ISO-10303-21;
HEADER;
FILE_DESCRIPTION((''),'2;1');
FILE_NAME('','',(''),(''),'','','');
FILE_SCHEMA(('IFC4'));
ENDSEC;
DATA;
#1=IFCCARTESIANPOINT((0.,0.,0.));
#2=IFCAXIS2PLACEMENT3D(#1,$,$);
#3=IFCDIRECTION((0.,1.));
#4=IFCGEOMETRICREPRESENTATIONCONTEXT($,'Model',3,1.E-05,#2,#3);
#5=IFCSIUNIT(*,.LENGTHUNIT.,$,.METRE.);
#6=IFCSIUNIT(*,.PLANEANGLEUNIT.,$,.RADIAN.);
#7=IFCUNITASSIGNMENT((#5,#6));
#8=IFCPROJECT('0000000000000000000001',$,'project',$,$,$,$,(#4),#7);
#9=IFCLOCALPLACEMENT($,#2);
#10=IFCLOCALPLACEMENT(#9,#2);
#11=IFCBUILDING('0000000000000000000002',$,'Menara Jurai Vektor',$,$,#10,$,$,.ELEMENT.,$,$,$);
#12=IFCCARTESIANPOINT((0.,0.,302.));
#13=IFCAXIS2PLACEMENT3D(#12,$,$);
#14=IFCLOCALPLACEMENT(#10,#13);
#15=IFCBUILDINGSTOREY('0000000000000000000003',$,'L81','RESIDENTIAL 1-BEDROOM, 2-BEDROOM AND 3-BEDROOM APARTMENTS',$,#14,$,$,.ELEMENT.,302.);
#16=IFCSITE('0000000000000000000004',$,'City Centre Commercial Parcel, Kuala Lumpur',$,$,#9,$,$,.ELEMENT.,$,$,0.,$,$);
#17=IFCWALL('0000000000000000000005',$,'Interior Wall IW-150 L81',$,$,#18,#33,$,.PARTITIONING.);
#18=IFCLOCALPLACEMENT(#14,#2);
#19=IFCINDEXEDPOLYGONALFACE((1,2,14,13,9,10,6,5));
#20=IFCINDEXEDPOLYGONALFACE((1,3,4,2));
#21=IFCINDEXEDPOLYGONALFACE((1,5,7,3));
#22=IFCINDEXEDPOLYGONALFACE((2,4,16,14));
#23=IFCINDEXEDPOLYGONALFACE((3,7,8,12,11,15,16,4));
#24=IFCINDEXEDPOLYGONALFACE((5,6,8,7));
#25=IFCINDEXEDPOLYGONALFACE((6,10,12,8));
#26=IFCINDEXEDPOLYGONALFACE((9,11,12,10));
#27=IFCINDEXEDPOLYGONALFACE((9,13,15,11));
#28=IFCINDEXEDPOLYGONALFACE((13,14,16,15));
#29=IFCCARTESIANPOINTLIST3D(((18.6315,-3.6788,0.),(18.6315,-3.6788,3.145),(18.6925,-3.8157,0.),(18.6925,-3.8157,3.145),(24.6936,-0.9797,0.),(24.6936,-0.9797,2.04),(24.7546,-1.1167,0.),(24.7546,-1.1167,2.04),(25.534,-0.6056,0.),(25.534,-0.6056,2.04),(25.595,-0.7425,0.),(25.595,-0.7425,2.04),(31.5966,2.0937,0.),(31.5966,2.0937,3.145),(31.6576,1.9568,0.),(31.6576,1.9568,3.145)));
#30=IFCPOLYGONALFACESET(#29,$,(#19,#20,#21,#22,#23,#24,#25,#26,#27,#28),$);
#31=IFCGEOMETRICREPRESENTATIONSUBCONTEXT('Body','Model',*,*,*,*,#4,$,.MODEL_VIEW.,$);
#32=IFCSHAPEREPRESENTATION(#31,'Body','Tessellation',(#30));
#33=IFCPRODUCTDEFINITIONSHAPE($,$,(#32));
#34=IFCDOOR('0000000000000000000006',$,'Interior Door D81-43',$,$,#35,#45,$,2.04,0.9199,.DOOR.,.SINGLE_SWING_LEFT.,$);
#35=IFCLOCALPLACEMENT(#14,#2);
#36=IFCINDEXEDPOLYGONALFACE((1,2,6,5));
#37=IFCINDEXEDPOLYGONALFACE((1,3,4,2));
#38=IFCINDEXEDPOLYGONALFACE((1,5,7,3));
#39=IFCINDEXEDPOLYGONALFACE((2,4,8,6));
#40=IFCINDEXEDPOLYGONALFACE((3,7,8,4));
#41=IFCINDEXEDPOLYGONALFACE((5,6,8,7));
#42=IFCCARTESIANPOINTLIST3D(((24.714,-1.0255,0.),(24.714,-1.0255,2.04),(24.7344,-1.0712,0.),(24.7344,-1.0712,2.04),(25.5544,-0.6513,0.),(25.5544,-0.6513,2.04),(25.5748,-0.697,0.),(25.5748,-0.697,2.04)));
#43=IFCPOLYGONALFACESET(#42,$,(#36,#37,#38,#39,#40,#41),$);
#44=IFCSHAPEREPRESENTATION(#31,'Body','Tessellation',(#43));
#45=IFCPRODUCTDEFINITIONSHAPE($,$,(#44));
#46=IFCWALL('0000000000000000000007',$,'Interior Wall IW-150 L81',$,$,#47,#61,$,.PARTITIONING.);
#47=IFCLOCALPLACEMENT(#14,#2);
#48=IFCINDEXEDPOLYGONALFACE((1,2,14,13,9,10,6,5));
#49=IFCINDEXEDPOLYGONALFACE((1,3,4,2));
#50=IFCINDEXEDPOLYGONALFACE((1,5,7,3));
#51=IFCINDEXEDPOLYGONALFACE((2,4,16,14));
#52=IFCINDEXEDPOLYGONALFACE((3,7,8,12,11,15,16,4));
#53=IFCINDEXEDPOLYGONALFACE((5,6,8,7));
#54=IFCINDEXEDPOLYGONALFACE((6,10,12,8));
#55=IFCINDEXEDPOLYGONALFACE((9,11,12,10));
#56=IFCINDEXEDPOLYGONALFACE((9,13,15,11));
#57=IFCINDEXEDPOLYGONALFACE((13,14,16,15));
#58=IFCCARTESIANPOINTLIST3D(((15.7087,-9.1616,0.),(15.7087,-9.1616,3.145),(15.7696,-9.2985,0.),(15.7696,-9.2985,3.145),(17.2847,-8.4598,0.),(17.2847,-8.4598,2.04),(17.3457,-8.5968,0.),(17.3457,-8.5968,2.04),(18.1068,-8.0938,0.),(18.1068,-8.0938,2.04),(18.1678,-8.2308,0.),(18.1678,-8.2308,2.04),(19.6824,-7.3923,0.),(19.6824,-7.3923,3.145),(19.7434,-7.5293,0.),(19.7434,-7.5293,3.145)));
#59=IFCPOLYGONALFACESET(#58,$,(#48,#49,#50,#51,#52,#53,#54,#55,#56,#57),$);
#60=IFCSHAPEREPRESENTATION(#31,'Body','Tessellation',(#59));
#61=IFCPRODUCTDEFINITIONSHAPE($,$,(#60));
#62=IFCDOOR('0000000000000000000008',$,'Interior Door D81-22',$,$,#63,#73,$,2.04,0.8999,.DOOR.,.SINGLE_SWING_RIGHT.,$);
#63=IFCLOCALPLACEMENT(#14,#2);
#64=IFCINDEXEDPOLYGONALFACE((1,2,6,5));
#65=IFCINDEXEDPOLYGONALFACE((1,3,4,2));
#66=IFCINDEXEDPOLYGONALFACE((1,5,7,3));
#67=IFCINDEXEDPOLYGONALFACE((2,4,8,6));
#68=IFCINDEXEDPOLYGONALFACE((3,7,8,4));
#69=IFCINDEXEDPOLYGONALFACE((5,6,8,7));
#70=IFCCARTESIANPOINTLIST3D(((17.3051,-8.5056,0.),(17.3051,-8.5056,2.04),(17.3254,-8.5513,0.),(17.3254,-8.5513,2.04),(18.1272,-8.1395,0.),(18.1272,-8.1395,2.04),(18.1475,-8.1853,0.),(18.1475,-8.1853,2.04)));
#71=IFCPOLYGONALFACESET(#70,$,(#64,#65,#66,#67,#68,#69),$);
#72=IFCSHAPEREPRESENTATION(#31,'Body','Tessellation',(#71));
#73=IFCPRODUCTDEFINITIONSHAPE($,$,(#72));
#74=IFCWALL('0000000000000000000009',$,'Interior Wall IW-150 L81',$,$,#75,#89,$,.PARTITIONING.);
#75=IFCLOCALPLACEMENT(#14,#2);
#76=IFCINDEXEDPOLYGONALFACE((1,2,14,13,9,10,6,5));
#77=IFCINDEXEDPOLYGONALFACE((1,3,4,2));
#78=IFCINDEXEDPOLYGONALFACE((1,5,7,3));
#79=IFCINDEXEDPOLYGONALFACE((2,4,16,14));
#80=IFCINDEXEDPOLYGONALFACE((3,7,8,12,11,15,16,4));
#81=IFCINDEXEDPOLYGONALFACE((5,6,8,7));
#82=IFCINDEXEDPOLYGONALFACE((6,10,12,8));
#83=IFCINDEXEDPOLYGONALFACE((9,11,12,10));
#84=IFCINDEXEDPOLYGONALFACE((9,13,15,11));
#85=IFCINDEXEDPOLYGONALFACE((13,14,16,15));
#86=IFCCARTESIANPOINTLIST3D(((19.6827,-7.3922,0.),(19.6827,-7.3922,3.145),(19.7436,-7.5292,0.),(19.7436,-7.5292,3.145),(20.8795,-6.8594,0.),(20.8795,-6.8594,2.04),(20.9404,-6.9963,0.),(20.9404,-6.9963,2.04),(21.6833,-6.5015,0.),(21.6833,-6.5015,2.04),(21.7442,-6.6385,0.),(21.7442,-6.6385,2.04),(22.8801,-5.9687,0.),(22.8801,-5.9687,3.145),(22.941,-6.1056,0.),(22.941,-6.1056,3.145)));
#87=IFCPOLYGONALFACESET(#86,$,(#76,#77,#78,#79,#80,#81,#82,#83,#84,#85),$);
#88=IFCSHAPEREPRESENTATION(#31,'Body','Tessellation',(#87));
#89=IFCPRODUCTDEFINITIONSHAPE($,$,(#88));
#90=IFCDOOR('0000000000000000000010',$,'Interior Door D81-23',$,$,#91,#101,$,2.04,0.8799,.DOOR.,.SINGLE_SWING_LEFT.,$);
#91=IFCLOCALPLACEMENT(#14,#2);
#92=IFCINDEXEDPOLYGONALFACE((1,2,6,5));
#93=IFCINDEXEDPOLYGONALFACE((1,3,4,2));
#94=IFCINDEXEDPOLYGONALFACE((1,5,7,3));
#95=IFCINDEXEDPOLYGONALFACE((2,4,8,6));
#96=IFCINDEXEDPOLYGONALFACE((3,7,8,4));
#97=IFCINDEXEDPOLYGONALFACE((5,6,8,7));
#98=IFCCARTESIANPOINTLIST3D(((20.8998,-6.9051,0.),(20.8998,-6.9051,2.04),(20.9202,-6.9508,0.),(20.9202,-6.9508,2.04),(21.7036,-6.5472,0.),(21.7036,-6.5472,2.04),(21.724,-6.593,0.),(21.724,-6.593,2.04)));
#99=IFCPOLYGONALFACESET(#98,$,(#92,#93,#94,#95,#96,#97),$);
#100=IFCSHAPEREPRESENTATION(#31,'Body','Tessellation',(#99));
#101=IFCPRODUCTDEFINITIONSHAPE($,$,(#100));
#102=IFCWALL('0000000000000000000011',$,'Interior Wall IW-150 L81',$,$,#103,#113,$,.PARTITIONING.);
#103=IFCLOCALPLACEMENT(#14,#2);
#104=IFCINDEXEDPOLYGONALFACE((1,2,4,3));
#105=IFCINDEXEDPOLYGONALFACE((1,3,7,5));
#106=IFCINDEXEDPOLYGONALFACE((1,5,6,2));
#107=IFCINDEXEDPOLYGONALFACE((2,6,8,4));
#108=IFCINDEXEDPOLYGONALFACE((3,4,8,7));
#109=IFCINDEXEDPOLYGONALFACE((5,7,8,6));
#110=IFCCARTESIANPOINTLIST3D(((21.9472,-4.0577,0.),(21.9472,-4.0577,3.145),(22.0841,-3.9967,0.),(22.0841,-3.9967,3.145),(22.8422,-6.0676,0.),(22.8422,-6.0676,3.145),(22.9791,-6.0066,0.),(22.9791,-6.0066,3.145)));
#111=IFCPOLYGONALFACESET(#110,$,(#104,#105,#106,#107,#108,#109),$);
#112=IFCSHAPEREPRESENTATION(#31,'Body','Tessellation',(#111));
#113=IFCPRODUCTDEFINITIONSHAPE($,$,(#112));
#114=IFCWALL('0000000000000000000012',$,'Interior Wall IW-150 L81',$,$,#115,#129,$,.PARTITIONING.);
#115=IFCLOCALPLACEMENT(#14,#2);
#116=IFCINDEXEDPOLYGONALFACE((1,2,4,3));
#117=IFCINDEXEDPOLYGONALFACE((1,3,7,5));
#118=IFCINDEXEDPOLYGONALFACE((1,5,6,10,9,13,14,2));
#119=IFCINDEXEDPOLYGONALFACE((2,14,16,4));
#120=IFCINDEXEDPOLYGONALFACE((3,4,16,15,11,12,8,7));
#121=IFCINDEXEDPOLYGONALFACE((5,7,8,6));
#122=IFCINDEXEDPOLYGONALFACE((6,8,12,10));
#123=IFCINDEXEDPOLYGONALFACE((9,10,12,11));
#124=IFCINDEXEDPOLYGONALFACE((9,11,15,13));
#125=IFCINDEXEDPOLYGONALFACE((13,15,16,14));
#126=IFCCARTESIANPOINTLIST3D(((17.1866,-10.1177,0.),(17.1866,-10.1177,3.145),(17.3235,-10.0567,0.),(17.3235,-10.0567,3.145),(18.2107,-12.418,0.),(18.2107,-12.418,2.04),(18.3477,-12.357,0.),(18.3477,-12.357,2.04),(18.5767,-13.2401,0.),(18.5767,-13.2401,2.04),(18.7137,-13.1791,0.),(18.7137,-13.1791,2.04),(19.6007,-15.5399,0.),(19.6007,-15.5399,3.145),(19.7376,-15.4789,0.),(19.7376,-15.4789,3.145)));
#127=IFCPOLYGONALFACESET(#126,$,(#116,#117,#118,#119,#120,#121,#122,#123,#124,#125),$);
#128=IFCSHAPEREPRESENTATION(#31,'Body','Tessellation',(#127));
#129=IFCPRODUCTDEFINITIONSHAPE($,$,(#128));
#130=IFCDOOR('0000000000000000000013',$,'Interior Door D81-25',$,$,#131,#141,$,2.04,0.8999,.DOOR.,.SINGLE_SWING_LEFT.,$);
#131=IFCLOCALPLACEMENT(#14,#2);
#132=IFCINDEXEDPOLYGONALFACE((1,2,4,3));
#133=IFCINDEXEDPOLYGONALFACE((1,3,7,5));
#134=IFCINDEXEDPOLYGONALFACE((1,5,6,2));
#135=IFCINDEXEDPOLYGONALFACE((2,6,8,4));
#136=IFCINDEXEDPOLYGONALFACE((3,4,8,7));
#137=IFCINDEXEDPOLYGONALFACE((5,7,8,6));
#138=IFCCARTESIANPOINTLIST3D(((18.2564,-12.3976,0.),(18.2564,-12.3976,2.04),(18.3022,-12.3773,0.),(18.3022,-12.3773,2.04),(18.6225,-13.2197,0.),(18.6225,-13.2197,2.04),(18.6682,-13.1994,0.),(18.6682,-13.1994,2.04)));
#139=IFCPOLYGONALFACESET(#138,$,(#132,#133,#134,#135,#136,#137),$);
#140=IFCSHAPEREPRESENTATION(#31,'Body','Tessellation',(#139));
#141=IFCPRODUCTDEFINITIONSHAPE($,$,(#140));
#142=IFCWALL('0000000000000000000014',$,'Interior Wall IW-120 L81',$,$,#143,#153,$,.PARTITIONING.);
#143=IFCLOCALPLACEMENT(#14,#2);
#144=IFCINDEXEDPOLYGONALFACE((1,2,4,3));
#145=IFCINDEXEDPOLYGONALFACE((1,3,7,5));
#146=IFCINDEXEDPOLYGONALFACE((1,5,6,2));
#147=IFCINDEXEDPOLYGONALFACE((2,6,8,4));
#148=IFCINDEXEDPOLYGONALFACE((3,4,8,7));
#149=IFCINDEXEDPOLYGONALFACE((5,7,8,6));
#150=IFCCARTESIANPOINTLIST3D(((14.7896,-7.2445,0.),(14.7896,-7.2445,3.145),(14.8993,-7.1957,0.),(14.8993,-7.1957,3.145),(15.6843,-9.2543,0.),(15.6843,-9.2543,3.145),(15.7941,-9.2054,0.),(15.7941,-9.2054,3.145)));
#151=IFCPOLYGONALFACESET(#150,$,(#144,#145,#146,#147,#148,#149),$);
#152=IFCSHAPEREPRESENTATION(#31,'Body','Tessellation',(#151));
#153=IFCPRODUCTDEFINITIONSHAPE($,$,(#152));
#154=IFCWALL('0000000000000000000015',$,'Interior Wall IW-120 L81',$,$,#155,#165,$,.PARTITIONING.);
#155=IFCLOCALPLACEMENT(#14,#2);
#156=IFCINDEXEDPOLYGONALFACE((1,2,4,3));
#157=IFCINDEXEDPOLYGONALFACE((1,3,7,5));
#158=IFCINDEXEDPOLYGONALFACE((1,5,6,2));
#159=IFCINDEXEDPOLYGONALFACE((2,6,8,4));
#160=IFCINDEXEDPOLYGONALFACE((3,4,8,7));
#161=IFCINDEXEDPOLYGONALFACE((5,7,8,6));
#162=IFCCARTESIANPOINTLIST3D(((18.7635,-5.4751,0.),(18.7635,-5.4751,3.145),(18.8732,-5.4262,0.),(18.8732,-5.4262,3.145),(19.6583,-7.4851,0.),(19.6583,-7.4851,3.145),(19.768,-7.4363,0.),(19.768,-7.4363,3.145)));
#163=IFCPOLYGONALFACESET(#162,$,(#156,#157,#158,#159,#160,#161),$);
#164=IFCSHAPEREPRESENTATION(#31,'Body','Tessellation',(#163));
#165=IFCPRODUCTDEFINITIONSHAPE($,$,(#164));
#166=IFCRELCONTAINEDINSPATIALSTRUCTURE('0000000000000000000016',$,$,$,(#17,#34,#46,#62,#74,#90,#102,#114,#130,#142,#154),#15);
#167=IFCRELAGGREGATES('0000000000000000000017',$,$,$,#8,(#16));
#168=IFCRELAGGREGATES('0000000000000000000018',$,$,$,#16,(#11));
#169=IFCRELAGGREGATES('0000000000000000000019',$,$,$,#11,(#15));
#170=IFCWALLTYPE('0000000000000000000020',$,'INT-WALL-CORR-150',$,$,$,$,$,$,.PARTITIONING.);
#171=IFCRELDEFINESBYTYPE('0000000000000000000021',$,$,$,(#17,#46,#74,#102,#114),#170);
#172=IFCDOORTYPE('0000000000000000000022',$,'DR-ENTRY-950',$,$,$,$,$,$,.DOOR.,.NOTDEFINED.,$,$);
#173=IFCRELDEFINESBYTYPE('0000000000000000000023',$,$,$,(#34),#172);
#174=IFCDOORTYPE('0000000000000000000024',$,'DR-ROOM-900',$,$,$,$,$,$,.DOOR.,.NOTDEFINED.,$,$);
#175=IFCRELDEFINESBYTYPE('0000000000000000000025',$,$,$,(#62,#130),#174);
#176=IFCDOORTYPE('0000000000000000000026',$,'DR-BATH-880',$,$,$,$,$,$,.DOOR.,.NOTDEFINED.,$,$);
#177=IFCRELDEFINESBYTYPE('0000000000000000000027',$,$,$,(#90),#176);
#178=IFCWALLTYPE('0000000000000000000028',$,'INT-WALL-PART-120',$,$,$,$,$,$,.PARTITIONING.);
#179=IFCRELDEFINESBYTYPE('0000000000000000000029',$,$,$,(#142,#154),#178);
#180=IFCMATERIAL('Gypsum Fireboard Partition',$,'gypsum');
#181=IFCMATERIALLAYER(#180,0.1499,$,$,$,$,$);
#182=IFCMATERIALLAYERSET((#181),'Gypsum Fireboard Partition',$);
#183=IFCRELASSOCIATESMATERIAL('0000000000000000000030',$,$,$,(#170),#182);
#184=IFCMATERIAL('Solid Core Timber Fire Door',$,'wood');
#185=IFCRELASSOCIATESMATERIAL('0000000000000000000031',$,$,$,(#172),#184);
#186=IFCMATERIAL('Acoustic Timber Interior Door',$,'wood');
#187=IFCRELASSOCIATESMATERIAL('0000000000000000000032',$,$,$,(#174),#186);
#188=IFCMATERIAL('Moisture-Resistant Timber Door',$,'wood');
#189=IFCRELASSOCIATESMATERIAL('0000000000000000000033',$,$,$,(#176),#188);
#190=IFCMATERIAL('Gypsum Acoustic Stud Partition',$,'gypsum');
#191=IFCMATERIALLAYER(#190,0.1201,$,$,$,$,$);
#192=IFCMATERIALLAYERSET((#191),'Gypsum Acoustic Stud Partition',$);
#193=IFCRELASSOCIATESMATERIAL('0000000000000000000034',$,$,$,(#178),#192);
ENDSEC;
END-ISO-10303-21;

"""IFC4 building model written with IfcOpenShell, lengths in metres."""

from ifc_helpers import new_model, si_unit, direction, frame, frame_2d, origin, place, context, subcontext, project, spatial, rectangle, extrude, material, layer, layer_set, type_object, element, fill, save


model = new_model("IFC4")

# Units and contexts
model_context = context("Model", 3, precision=1e-05, world=origin(), true_north=direction((0.0, 1.0)))
body_context = subcontext(model_context, "Body", "Model", "MODEL_VIEW")
ifc_project = project(units=[si_unit("LENGTHUNIT", "METRE"), si_unit("PLANEANGLEUNIT", "RADIAN")], contexts=[model_context])

# Site, building, storey
site_placement = place(None, origin())
site = spatial("IfcSite", under=ifc_project, at=site_placement, Name="City Centre Commercial Parcel, Kuala Lumpur", CompositionType="ELEMENT", RefElevation=0.0)
building_placement = place(site_placement, origin())
building = spatial("IfcBuilding", under=site, at=building_placement, Name="Menara Jurai Vektor", CompositionType="ELEMENT")
storey_placement = place(building_placement, frame((0.0, 0.0, 302.0)))
storey = spatial("IfcBuildingStorey", under=building, at=storey_placement, Name="L81", Description="RESIDENTIAL 1-BEDROOM, 2-BEDROOM AND 3-BEDROOM APARTMENTS", CompositionType="ELEMENT", Elevation=302.0)

# Shared definitions
ifc_material_1 = material(Name="Gypsum Fireboard Partition", Category="gypsum")
ifc_layer_1 = layer(ifc_material_1, 0.1499)
ifc_layer_set_1 = layer_set([ifc_layer_1], Name="Gypsum Fireboard Partition")
wall_type_1 = type_object("IfcWallType", Name="INT-WALL-CORR-150", PredefinedType="PARTITIONING", material=ifc_layer_set_1)
ifc_material_2 = material(Name="Solid Core Timber Fire Door", Category="wood")
door_type_1 = type_object("IfcDoorType", Name="DR-ENTRY-950", OperationType="NOTDEFINED", PredefinedType="DOOR", material=ifc_material_2)

# Walls, openings, doors
wall_1_placement = place(storey_placement, frame((18.6619, -3.7473, 0.0), z_axis=(0.0, 0.0, 1.0), x_axis=(0.913545, 0.406739, 0.0)))
wall_1 = element("IfcWall", 1, at=wall_1_placement, inside=storey, type_object=wall_type_1, Name="Interior Wall IW-150 L81", PredefinedType="PARTITIONING", context=body_context, shape_type="SweptSolid", body=[
    extrude(rectangle(XDim=14.1921, YDim=0.1499, at=frame_2d((7.0962, 0.0))), origin(), (0.0, 0.0, 1.0), 3.145),
])
opening_1_placement = place(wall_1_placement, frame((6.636, 0.0, 0.0)))
opening_1 = element("IfcOpeningElement", 2, at=opening_1_placement, cuts=wall_1, PredefinedType="OPENING", context=body_context, shape_type="SweptSolid", body=[
    extrude(rectangle(XDim=0.9199, YDim=2.04, at=frame_2d((0.46, 1.02))), frame((0.0, 0.085, 0.0), z_axis=(0.0, -1.0, 0.0), x_axis=(1.0, 0.0, 0.0)), (0.0, 0.0, 1.0), 0.1699),
])
door_1_placement = place(opening_1_placement, origin())
door_1 = element("IfcDoor", 3, at=door_1_placement, inside=storey, type_object=door_type_1, Name="Interior Door D81-43", OperationType="SINGLE_SWING_LEFT", OverallHeight=2.04, OverallWidth=0.9199, PredefinedType="DOOR", context=body_context, shape_type="SweptSolid", body=[
    extrude(rectangle(XDim=0.9199, YDim=2.04, at=frame_2d((0.46, 1.02))), frame((0.0, 0.0249, 0.0), z_axis=(0.0, -1.0, 0.0), x_axis=(1.0, 0.0, 0.0)), (0.0, 0.0, 1.0), 0.05),
])
fill(opening_1, door_1)
wall_2_placement = place(storey_placement, frame((15.7393, -9.23, 0.0), z_axis=(0.0, 0.0, 1.0), x_axis=(0.913545, 0.406737, 0.0)))
wall_2 = element("IfcWall", 4, at=wall_2_placement, inside=storey, type_object=wall_type_1, Name="Interior Wall IW-150 L81", PredefinedType="PARTITIONING", context=body_context, shape_type="SweptSolid", body=[
    extrude(rectangle(XDim=4.3499, YDim=0.1499, at=frame_2d((2.1748, 0.0))), origin(), (0.0, 0.0, 1.0), 3.145),
])
opening_2_placement = place(wall_2_placement, frame((1.7251, 0.0, 0.0)))
opening_2 = element("IfcOpeningElement", 5, at=opening_2_placement, cuts=wall_2, PredefinedType="OPENING", context=body_context, shape_type="SweptSolid", body=[
    extrude(rectangle(XDim=0.8999, YDim=2.04, at=frame_2d((0.45, 1.02))), frame((0.0, 0.085, 0.0), z_axis=(0.0, -1.0, 0.0), x_axis=(1.0, 0.0, 0.0)), (0.0, 0.0, 1.0), 0.1699),
])
ifc_material_3 = material(Name="Acoustic Timber Interior Door", Category="wood")
door_type_2 = type_object("IfcDoorType", Name="DR-ROOM-900", OperationType="NOTDEFINED", PredefinedType="DOOR", material=ifc_material_3)
door_2_placement = place(opening_2_placement, origin())
door_2 = element("IfcDoor", 6, at=door_2_placement, inside=storey, type_object=door_type_2, Name="Interior Door D81-22", OperationType="SINGLE_SWING_RIGHT", OverallHeight=2.04, OverallWidth=0.8999, PredefinedType="DOOR", context=body_context, shape_type="SweptSolid", body=[
    extrude(rectangle(XDim=0.8999, YDim=2.04, at=frame_2d((0.45, 1.02))), frame((0.0, 0.0249, 0.0), z_axis=(0.0, -1.0, 0.0), x_axis=(1.0, 0.0, 0.0)), (0.0, 0.0, 1.0), 0.05),
])
fill(opening_2, door_2)
wall_3_placement = place(storey_placement, frame((19.7131, -7.4607, 0.0), z_axis=(0.0, 0.0, 1.0), x_axis=(0.91355, 0.406727, 0.0)))
wall_3 = element("IfcWall", 7, at=wall_3_placement, inside=storey, type_object=wall_type_1, Name="Interior Wall IW-150 L81", PredefinedType="PARTITIONING", context=body_context, shape_type="SweptSolid", body=[
    extrude(rectangle(XDim=3.5, YDim=0.1499, at=frame_2d((1.75, 0.0))), origin(), (0.0, 0.0, 1.0), 3.145),
])
opening_3_placement = place(wall_3_placement, frame((1.3101, 0.0, 0.0)))
opening_3 = element("IfcOpeningElement", 8, at=opening_3_placement, cuts=wall_3, PredefinedType="OPENING", context=body_context, shape_type="SweptSolid", body=[
    extrude(rectangle(XDim=0.8799, YDim=2.04, at=frame_2d((0.4399, 1.02))), frame((0.0, 0.085, 0.0), z_axis=(0.0, -1.0, 0.0), x_axis=(1.0, 0.0, 0.0)), (0.0, 0.0, 1.0), 0.1699),
])
ifc_material_4 = material(Name="Moisture-Resistant Timber Door", Category="wood")
door_type_3 = type_object("IfcDoorType", Name="DR-BATH-880", OperationType="NOTDEFINED", PredefinedType="DOOR", material=ifc_material_4)
door_3_placement = place(opening_3_placement, origin())
door_3 = element("IfcDoor", 9, at=door_3_placement, inside=storey, type_object=door_type_3, Name="Interior Door D81-23", OperationType="SINGLE_SWING_LEFT", OverallHeight=2.04, OverallWidth=0.8799, PredefinedType="DOOR", context=body_context, shape_type="SweptSolid", body=[
    extrude(rectangle(XDim=0.8799, YDim=2.04, at=frame_2d((0.4399, 1.02))), frame((0.0, 0.0249, 0.0), z_axis=(0.0, -1.0, 0.0), x_axis=(1.0, 0.0, 0.0)), (0.0, 0.0, 1.0), 0.05),
])
fill(opening_3, door_3)

# Wall
wall_4_placement = place(storey_placement, frame((22.9106, -6.0371, 0.0), z_axis=(0.0, 0.0, 1.0), x_axis=(-0.406777, 0.913528, 0.0)))
element("IfcWall", 10, at=wall_4_placement, inside=storey, type_object=wall_type_1, Name="Interior Wall IW-150 L81", PredefinedType="PARTITIONING", context=body_context, shape_type="SweptSolid", body=[
    extrude(rectangle(XDim=2.2002, YDim=0.1499, at=frame_2d((1.1001, 0.0))), origin(), (0.0, 0.0, 1.0), 3.145),
])

# Wall, opening, door
wall_5_placement = place(storey_placement, frame((19.6692, -15.5095, 0.0), z_axis=(0.0, 0.0, 1.0), x_axis=(-0.406734, 0.913547, 0.0)))
wall_5 = element("IfcWall", 11, at=wall_5_placement, inside=storey, type_object=wall_type_1, Name="Interior Wall IW-150 L81", PredefinedType="PARTITIONING", context=body_context, shape_type="SweptSolid", body=[
    extrude(rectangle(XDim=5.9353, YDim=0.1499, at=frame_2d((2.9678, 0.0))), origin(), (0.0, 0.0, 1.0), 3.145),
])
opening_4_placement = place(wall_5_placement, frame((2.5176, 0.0, 0.0)))
opening_4 = element("IfcOpeningElement", 12, at=opening_4_placement, cuts=wall_5, PredefinedType="OPENING", context=body_context, shape_type="SweptSolid", body=[
    extrude(rectangle(XDim=0.8999, YDim=2.04, at=frame_2d((0.45, 1.02))), frame((0.0, 0.085, 0.0), z_axis=(0.0, -1.0, 0.0), x_axis=(1.0, 0.0, 0.0)), (0.0, 0.0, 1.0), 0.1699),
])
door_4_placement = place(opening_4_placement, origin())
door_4 = element("IfcDoor", 13, at=door_4_placement, inside=storey, type_object=door_type_2, Name="Interior Door D81-25", OperationType="SINGLE_SWING_LEFT", OverallHeight=2.04, OverallWidth=0.8999, PredefinedType="DOOR", context=body_context, shape_type="SweptSolid", body=[
    extrude(rectangle(XDim=0.8999, YDim=2.04, at=frame_2d((0.45, 1.02))), frame((0.0, 0.0249, 0.0), z_axis=(0.0, -1.0, 0.0), x_axis=(1.0, 0.0, 0.0)), (0.0, 0.0, 1.0), 0.05),
])
fill(opening_4, door_4)

# Walls
ifc_material_5 = material(Name="Gypsum Acoustic Stud Partition", Category="gypsum")
ifc_layer_2 = layer(ifc_material_5, 0.1201)
ifc_layer_set_2 = layer_set([ifc_layer_2], Name="Gypsum Acoustic Stud Partition")
wall_type_2 = type_object("IfcWallType", Name="INT-WALL-PART-120", PredefinedType="PARTITIONING", material=ifc_layer_set_2)
wall_6_placement = place(storey_placement, frame((15.7393, -9.23, 0.0), z_axis=(0.0, 0.0, 1.0), x_axis=(-0.406725, 0.913551, 0.0)))
element("IfcWall", 14, at=wall_6_placement, inside=storey, type_object=wall_type_2, Name="Interior Wall IW-120 L81", PredefinedType="PARTITIONING", context=body_context, shape_type="SweptSolid", body=[
    extrude(rectangle(XDim=2.2, YDim=0.1201, at=frame_2d((1.1001, 0.0))), origin(), (0.0, 0.0, 1.0), 3.145),
])
wall_7_placement = place(storey_placement, frame((19.7131, -7.4607, 0.0), z_axis=(0.0, 0.0, 1.0), x_axis=(-0.406684, 0.913569, 0.0)))
element("IfcWall", 15, at=wall_7_placement, inside=storey, type_object=wall_type_2, Name="Interior Wall IW-120 L81", PredefinedType="PARTITIONING", context=body_context, shape_type="SweptSolid", body=[
    extrude(rectangle(XDim=2.2002, YDim=0.1201, at=frame_2d((1.1001, 0.0))), origin(), (0.0, 0.0, 1.0), 3.145),
])

save(model, "model.ifc")
